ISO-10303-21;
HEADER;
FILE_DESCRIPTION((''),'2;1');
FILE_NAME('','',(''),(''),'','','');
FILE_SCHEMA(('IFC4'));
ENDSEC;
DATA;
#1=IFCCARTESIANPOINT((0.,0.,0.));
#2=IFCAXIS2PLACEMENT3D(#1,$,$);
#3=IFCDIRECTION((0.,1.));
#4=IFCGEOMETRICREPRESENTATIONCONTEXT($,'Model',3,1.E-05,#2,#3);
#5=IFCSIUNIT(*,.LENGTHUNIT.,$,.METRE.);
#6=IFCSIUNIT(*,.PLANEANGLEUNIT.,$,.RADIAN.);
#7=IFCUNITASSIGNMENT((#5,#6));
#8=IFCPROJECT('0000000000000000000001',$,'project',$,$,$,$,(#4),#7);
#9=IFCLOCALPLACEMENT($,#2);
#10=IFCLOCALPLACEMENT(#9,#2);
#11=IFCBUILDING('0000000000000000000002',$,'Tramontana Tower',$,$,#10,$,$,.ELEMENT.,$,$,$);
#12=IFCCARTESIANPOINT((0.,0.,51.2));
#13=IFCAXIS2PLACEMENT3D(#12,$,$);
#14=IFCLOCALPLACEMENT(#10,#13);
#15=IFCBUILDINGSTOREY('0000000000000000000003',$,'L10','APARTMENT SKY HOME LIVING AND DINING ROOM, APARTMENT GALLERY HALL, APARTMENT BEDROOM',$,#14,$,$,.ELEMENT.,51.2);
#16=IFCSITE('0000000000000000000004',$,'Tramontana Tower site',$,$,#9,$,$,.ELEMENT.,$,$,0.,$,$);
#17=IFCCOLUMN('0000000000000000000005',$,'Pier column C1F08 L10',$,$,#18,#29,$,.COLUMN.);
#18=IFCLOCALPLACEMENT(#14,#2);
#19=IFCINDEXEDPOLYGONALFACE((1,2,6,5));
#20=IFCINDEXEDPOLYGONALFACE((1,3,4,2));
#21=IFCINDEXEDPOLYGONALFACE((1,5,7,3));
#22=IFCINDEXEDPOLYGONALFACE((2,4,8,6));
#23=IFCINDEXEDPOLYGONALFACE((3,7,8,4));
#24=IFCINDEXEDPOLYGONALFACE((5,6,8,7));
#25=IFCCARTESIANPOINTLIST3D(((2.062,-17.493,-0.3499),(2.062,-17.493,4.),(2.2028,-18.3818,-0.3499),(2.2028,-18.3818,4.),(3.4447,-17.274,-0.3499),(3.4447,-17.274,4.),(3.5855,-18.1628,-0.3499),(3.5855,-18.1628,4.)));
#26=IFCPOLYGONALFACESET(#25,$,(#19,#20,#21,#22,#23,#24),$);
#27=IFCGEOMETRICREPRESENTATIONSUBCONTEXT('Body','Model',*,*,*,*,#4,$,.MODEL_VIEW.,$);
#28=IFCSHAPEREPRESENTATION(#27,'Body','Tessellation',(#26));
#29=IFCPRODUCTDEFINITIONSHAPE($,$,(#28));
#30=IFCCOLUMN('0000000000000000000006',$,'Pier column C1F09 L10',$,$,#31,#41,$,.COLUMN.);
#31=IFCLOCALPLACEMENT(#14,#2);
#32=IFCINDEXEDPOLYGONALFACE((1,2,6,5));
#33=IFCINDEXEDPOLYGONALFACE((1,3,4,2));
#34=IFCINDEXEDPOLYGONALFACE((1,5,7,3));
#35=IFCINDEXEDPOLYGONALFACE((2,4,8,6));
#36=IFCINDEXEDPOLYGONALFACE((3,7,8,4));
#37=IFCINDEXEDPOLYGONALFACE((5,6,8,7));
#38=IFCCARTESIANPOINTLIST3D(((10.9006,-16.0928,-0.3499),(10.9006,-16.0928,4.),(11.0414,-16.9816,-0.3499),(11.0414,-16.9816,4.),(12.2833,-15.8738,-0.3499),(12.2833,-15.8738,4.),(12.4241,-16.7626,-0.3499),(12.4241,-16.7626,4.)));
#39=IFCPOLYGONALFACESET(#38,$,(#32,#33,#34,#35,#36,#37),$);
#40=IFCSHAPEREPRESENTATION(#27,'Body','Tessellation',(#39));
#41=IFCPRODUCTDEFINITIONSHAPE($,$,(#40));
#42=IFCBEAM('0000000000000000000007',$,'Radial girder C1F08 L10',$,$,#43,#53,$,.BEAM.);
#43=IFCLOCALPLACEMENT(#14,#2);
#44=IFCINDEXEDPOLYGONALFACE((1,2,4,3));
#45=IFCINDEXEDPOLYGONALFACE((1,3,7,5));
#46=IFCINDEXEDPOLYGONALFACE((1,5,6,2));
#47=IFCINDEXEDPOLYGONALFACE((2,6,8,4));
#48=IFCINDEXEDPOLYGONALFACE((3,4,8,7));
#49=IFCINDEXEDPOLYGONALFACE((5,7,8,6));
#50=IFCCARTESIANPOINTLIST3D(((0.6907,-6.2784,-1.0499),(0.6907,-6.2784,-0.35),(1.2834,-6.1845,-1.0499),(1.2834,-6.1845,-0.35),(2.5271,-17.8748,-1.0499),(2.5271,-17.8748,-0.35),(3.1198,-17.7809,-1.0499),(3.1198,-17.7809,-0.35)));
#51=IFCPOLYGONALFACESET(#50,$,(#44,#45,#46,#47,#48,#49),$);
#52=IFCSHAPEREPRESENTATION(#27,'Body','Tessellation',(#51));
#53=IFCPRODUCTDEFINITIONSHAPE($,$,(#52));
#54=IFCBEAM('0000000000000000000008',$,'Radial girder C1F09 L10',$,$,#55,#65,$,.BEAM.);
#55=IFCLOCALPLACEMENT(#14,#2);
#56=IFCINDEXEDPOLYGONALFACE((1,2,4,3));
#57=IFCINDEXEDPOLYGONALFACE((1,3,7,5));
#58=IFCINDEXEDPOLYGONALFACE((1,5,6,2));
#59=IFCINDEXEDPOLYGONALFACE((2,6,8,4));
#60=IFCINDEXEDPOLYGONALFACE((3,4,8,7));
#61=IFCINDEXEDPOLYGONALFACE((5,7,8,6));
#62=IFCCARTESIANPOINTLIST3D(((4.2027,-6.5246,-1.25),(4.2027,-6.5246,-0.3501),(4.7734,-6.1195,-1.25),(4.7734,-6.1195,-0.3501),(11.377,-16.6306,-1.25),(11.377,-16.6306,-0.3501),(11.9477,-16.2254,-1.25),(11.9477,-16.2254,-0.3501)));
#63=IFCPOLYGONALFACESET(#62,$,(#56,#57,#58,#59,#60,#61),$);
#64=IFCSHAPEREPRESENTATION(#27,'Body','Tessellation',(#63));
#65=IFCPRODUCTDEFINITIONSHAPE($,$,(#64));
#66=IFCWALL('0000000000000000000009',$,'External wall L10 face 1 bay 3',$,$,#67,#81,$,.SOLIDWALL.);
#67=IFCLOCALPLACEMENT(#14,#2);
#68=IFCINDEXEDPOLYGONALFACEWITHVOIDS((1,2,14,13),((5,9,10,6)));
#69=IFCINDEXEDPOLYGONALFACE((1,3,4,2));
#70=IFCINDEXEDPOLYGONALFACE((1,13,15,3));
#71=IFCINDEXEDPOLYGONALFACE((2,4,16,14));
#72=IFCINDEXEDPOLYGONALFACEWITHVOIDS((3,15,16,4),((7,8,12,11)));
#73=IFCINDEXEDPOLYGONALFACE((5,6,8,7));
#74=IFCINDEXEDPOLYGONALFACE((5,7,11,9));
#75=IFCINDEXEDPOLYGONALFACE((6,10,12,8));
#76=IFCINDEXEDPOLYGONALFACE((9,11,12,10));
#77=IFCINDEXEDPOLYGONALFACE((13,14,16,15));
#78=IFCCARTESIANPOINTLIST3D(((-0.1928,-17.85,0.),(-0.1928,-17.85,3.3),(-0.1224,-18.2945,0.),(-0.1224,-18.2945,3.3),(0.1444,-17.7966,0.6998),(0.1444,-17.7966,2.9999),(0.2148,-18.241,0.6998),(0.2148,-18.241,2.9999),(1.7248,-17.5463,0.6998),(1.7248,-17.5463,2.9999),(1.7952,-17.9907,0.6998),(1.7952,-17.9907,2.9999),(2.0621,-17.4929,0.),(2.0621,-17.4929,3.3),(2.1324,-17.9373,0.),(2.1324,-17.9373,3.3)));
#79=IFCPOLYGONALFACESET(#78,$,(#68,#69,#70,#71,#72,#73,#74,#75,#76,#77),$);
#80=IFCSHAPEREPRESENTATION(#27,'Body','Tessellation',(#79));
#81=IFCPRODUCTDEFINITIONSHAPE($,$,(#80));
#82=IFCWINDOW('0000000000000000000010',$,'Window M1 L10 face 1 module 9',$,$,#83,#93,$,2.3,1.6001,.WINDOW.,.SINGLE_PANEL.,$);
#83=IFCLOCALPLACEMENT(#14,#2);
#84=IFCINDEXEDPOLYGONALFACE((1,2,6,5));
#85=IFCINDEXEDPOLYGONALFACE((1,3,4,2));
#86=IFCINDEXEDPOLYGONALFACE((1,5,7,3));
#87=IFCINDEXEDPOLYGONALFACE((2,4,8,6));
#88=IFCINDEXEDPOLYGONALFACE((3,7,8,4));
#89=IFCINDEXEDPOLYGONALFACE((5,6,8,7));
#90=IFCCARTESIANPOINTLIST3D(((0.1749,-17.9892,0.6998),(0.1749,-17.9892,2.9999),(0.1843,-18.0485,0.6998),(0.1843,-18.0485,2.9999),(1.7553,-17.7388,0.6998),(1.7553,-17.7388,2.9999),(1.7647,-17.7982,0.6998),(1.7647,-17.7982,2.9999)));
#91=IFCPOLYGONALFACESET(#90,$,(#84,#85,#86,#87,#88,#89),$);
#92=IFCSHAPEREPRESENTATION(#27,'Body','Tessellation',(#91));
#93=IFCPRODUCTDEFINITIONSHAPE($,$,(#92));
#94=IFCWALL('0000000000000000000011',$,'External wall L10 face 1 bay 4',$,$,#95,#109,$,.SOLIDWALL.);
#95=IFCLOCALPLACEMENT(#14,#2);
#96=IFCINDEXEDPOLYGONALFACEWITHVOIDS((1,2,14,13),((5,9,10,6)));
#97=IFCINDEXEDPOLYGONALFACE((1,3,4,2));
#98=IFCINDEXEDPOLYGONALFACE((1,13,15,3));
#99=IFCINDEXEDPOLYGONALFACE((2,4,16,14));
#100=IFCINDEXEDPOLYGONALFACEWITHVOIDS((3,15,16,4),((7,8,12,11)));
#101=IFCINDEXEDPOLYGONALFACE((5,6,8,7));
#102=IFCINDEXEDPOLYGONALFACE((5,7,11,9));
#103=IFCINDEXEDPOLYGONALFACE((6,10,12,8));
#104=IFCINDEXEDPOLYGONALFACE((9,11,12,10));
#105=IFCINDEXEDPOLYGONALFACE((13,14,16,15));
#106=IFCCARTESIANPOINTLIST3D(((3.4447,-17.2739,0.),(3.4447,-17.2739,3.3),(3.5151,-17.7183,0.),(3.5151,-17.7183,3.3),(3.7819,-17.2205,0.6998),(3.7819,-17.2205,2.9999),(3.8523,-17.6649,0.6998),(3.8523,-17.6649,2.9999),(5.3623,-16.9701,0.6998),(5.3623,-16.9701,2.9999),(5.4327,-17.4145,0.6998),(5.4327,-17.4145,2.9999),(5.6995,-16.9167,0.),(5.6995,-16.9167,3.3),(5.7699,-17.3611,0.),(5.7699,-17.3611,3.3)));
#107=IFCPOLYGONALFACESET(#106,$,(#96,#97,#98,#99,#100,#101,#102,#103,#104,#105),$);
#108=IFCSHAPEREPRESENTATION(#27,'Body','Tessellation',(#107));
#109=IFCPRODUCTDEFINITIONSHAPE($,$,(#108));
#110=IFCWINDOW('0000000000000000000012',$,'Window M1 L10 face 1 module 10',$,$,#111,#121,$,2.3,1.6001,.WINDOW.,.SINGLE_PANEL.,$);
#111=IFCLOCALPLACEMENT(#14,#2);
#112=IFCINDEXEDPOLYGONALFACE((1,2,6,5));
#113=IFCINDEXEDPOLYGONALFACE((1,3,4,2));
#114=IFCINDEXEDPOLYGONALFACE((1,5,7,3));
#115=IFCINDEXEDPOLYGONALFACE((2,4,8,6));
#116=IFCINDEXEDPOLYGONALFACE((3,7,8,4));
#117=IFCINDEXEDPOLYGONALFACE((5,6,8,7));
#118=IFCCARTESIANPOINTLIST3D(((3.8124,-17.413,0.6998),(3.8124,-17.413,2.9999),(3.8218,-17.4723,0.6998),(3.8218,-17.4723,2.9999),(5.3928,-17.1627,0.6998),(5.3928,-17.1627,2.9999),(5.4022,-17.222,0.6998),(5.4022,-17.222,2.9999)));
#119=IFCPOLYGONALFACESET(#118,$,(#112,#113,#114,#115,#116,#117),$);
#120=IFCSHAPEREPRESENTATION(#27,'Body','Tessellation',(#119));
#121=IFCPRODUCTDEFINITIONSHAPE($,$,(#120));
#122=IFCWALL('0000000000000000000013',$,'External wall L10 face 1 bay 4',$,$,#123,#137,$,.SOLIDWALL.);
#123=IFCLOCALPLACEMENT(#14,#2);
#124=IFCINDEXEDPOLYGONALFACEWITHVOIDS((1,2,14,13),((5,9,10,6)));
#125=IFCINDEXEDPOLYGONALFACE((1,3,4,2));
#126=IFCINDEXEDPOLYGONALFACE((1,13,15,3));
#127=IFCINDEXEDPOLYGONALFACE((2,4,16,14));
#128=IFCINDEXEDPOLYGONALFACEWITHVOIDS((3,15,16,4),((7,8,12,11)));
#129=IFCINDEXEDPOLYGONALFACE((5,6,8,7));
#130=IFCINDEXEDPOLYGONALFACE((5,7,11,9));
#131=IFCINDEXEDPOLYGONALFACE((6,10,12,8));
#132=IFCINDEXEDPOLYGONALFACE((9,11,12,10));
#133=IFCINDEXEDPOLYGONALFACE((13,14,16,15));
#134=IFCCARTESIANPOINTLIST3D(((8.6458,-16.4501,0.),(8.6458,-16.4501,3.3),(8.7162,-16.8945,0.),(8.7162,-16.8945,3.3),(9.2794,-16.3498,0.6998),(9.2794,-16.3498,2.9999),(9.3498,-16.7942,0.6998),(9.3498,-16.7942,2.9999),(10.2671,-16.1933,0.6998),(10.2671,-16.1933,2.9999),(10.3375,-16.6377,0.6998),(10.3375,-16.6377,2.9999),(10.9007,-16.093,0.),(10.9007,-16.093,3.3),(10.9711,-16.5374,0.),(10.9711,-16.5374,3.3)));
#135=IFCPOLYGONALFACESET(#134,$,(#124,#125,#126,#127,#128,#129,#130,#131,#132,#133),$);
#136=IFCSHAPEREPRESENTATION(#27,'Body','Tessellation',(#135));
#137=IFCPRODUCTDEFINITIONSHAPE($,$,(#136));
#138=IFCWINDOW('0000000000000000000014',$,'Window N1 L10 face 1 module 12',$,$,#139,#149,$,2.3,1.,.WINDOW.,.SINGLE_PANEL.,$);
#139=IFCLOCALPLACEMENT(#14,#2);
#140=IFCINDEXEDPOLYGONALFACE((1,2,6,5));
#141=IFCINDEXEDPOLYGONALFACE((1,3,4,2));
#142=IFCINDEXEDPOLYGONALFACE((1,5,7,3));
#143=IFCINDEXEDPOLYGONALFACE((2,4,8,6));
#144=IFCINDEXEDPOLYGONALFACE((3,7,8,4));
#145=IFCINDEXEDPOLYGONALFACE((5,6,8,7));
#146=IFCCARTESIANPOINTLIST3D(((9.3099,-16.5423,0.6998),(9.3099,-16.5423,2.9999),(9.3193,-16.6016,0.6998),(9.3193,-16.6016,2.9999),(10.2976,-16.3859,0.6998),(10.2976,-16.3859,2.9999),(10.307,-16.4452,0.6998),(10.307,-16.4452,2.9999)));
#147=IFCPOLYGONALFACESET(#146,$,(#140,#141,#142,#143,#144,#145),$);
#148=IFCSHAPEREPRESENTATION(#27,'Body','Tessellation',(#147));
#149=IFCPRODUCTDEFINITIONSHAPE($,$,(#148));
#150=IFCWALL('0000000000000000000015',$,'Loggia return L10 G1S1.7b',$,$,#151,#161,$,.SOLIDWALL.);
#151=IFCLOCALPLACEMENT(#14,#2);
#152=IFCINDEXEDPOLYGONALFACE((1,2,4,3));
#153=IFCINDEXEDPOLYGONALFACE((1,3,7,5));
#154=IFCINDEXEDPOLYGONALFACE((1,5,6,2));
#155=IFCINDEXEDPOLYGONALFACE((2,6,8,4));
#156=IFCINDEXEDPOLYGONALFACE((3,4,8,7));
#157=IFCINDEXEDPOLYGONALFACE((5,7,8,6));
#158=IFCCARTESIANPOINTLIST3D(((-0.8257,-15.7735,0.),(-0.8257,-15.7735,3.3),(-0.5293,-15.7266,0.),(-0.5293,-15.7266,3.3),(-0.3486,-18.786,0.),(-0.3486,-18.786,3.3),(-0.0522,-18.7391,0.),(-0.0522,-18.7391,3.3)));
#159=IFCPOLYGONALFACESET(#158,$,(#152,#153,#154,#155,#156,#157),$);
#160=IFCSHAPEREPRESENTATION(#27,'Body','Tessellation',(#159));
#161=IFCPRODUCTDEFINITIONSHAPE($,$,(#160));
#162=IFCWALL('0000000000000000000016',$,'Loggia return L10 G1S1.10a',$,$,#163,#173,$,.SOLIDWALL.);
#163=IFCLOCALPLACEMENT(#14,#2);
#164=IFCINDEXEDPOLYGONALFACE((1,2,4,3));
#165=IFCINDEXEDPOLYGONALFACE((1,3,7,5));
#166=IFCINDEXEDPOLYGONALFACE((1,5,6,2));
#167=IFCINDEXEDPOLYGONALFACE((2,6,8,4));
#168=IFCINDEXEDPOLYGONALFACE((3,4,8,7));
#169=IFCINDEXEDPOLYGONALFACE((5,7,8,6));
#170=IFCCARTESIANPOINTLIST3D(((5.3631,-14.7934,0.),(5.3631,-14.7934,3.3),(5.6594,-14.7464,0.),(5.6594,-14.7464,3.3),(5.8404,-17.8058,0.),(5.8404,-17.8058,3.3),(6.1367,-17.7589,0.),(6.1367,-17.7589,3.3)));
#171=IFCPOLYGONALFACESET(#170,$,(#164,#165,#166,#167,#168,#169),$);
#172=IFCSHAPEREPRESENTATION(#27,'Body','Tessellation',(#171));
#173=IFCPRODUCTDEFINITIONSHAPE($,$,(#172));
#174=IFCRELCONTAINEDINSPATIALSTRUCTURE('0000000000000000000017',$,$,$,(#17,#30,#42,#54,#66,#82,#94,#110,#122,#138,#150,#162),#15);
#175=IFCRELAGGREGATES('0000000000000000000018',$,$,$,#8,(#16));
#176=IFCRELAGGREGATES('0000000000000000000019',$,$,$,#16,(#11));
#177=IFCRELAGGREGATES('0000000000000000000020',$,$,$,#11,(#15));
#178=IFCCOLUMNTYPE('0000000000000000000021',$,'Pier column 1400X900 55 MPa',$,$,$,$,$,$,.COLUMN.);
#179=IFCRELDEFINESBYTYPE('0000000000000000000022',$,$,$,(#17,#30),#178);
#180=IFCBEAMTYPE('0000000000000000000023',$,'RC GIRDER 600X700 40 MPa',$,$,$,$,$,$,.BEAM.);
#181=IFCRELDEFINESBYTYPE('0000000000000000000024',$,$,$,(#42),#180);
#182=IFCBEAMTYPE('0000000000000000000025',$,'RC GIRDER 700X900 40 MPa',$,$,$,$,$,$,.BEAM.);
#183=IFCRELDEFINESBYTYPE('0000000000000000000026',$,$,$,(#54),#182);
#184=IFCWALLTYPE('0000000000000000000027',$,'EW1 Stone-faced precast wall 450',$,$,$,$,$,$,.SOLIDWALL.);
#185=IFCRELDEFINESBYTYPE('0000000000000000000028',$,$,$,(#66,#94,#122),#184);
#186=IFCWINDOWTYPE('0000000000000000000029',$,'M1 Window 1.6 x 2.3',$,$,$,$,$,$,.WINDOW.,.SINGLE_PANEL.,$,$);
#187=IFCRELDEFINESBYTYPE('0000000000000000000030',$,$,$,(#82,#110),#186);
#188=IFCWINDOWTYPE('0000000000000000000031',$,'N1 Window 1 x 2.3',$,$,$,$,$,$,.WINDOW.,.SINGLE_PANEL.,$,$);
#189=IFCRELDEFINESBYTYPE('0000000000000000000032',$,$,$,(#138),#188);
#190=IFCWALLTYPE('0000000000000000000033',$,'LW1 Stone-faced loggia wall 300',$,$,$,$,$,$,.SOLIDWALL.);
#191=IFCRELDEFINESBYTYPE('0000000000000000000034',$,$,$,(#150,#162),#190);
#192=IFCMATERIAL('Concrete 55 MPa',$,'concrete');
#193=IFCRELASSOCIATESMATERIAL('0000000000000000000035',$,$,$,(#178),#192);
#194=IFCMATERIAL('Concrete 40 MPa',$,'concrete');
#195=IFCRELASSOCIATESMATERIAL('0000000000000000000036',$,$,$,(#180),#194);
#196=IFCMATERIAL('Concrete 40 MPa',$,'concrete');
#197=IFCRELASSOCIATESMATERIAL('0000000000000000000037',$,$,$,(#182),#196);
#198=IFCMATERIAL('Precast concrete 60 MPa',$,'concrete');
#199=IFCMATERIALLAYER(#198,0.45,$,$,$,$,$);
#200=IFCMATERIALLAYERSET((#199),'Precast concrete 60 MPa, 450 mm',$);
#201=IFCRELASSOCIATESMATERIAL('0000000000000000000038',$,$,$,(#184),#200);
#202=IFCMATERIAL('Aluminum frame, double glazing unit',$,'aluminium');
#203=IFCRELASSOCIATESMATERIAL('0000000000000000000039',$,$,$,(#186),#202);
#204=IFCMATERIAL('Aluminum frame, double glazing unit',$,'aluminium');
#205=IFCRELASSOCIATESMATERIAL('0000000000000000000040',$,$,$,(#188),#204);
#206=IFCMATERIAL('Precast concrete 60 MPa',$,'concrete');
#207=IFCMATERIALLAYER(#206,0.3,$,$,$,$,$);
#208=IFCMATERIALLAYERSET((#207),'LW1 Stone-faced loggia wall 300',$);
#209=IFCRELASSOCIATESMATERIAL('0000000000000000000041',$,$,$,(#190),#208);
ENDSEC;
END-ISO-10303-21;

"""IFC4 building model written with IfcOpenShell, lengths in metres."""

from ifc_helpers import new_model, si_unit, direction, frame, frame_2d, origin, origin_2d, place, context, subcontext, project, spatial, rectangle, extrude, material, layer, layer_set, material_profile, profile_set, type_object, element, fill, save


model = new_model("IFC4")

# Units and contexts
model_context = context("Model", 3, precision=1e-05, world=origin(), true_north=direction((0.0, 1.0)))
body_context = subcontext(model_context, "Body", "Model", "MODEL_VIEW")
ifc_project = project(units=[si_unit("LENGTHUNIT", "METRE"), si_unit("PLANEANGLEUNIT", "RADIAN")], contexts=[model_context])

# Site, building, storey
site_placement = place(None, origin())
site = spatial("IfcSite", under=ifc_project, at=site_placement, Name="Tramontana Tower site", CompositionType="ELEMENT", RefElevation=0.0)
building_placement = place(site_placement, origin())
building = spatial("IfcBuilding", under=site, at=building_placement, Name="Tramontana Tower", CompositionType="ELEMENT")
storey_placement = place(building_placement, frame((0.0, 0.0, 51.2)))
storey = spatial("IfcBuildingStorey", under=building, at=storey_placement, Name="L10", Description="APARTMENT SKY HOME LIVING AND DINING ROOM, APARTMENT GALLERY HALL, APARTMENT BEDROOM", CompositionType="ELEMENT", Elevation=51.2)

# Columns
ifc_material_1 = material(Name="Concrete 55 MPa", Category="concrete")
ifc_material_profile_1 = material_profile(ifc_material_1, rectangle(XDim=1.3999, YDim=0.8999, at=origin_2d()), Name="Pier column 1400X900 55 MPa")
ifc_profile_set_1 = profile_set([ifc_material_profile_1], Name="Concrete 55 MPa")
column_type = type_object("IfcColumnType", Name="Pier column 1400X900 55 MPa", PredefinedType="COLUMN", material=ifc_profile_set_1)
for number, where, z_axis, x_axis, name in (
    (1, (2.8237, -17.8279, -0.3499), (0.0, 0.0, 1.0), (0.987688, 0.156434, 0.0), "Pier column C1F08 L10"),
    (2, (11.6624, -16.4277, -0.3499), (0.0, 0.0, 1.0), (0.987688, 0.156434, 0.0), "Pier column C1F09 L10"),
):
    element("IfcColumn", number, at=place(storey_placement, frame(where, z_axis=z_axis, x_axis=x_axis)), inside=storey, type_object=column_type, Name=name, PredefinedType="COLUMN", context=body_context, shape_type="SweptSolid", body=[
        extrude(rectangle(XDim=1.3999, YDim=0.8999, at=origin_2d()), origin(), (0.0, 0.0, 1.0), 4.3499),
    ])

# Beams
ifc_material_2 = material(Name="Concrete 40 MPa", Category="concrete")
ifc_material_profile_2 = material_profile(ifc_material_2, rectangle(XDim=0.6001, YDim=0.7, at=origin_2d()), Name="RC GIRDER 600X700 40 MPa")
ifc_profile_set_2 = profile_set([ifc_material_profile_2], Name="Concrete 40 MPa")
beam_type_1 = type_object("IfcBeamType", Name="RC GIRDER 600X700 40 MPa", PredefinedType="BEAM", material=ifc_profile_set_2)
beam_1_placement = place(storey_placement, frame((2.8235, -17.8279, -0.7), z_axis=(-0.156412, 0.987692, 0.0), x_axis=(-0.987692, -0.156412, 0.0)))
element("IfcBeam", 3, at=beam_1_placement, inside=storey, type_object=beam_type_1, Name="Radial girder C1F08 L10", PredefinedType="BEAM", context=body_context, shape_type="SweptSolid", body=[
    extrude(rectangle(XDim=0.6001, YDim=0.7, at=origin_2d()), origin(), (0.0, 0.0, 1.0), 11.741),
])
ifc_material_3 = material(Name="Concrete 40 MPa", Category="concrete")
ifc_material_profile_3 = material_profile(ifc_material_3, rectangle(XDim=0.7, YDim=0.8999, at=origin_2d()), Name="RC GIRDER 700X900 40 MPa")
ifc_profile_set_3 = profile_set([ifc_material_profile_3], Name="Concrete 40 MPa")
beam_type_2 = type_object("IfcBeamType", Name="RC GIRDER 700X900 40 MPa", PredefinedType="BEAM", material=ifc_profile_set_3)
beam_2_placement = place(storey_placement, frame((11.6624, -16.428, -0.8), z_axis=(-0.578873, 0.815418, 0.0), x_axis=(-0.815418, -0.578873, 0.0)))
element("IfcBeam", 4, at=beam_2_placement, inside=storey, type_object=beam_type_2, Name="Radial girder C1F09 L10", PredefinedType="BEAM", context=body_context, shape_type="SweptSolid", body=[
    extrude(rectangle(XDim=0.7, YDim=0.8999, at=origin_2d()), origin(), (0.0, 0.0, 1.0), 12.3936),
])

# Walls, openings, windows
ifc_material_4 = material(Name="Precast concrete 60 MPa", Category="concrete")
ifc_layer_1 = layer(ifc_material_4, 0.45)
ifc_layer_set_1 = layer_set([ifc_layer_1], Name="Precast concrete 60 MPa, 450 mm")
wall_type_1 = type_object("IfcWallType", Name="EW1 Stone-faced precast wall 450", PredefinedType="SOLIDWALL", material=ifc_layer_set_1)
wall_1_placement = place(storey_placement, frame((-0.1577, -18.0723, 0.0), z_axis=(0.0, 0.0, 1.0), x_axis=(0.987686, 0.156451, 0.0)))
wall_1 = element("IfcWall", 5, at=wall_1_placement, inside=storey, type_object=wall_type_1, Name="External wall L10 face 1 bay 3", PredefinedType="SOLIDWALL", context=body_context, shape_type="SweptSolid", body=[
    extrude(rectangle(XDim=2.283, YDim=0.45, at=frame_2d((1.1416, 0.0))), origin(), (0.0, 0.0, 1.0), 3.3),
])
opening_1_placement = place(wall_1_placement, frame((0.3416, 0.0, 0.7)))
opening_1 = element("IfcOpeningElement", 6, at=opening_1_placement, cuts=wall_1, PredefinedType="OPENING", context=body_context, shape_type="SweptSolid", body=[
    extrude(rectangle(XDim=1.6001, YDim=2.3, at=frame_2d((0.8, 1.1499))), frame((0.0, 0.2349, 0.0), z_axis=(0.0, -1.0, 0.0), x_axis=(1.0, 0.0, 0.0)), (0.0, 0.0, 1.0), 0.47),
])
ifc_material_5 = material(Name="Aluminum frame, double glazing unit", Category="aluminium")
window_type_1 = type_object("IfcWindowType", Name="M1 Window 1.6 x 2.3", PartitioningType="SINGLE_PANEL", PredefinedType="WINDOW", material=ifc_material_5)
window_1_placement = place(opening_1_placement, origin())
window_1 = element("IfcWindow", 7, at=window_1_placement, inside=storey, type_object=window_type_1, Name="Window M1 L10 face 1 module 9", OverallHeight=2.3, OverallWidth=1.6001, PartitioningType="SINGLE_PANEL", PredefinedType="WINDOW", context=body_context, shape_type="SweptSolid", body=[
    extrude(rectangle(XDim=1.6001, YDim=2.3, at=frame_2d((0.8, 1.1499))), frame((0.0, 0.03, 0.0), z_axis=(0.0, -1.0, 0.0), x_axis=(1.0, 0.0, 0.0)), (0.0, 0.0, 1.0), 0.0601),
])
fill(opening_1, window_1)
wall_2_placement = place(storey_placement, frame((3.4797, -17.4961, 0.0), z_axis=(0.0, 0.0, 1.0), x_axis=(0.987686, 0.156451, 0.0)))
wall_2 = element("IfcWall", 8, at=wall_2_placement, inside=storey, type_object=wall_type_1, Name="External wall L10 face 1 bay 4", PredefinedType="SOLIDWALL", context=body_context, shape_type="SweptSolid", body=[
    extrude(rectangle(XDim=2.283, YDim=0.45, at=frame_2d((1.1416, 0.0))), origin(), (0.0, 0.0, 1.0), 3.3),
])
opening_2_placement = place(wall_2_placement, frame((0.3416, 0.0, 0.7)))
opening_2 = element("IfcOpeningElement", 9, at=opening_2_placement, cuts=wall_2, PredefinedType="OPENING", context=body_context, shape_type="SweptSolid", body=[
    extrude(rectangle(XDim=1.6001, YDim=2.3, at=frame_2d((0.8, 1.1499))), frame((0.0, 0.2349, 0.0), z_axis=(0.0, -1.0, 0.0), x_axis=(1.0, 0.0, 0.0)), (0.0, 0.0, 1.0), 0.47),
])
window_2_placement = place(opening_2_placement, origin())
window_2 = element("IfcWindow", 10, at=window_2_placement, inside=storey, type_object=window_type_1, Name="Window M1 L10 face 1 module 10", OverallHeight=2.3, OverallWidth=1.6001, PartitioningType="SINGLE_PANEL", PredefinedType="WINDOW", context=body_context, shape_type="SweptSolid", body=[
    extrude(rectangle(XDim=1.6001, YDim=2.3, at=frame_2d((0.8, 1.1499))), frame((0.0, 0.03, 0.0), z_axis=(0.0, -1.0, 0.0), x_axis=(1.0, 0.0, 0.0)), (0.0, 0.0, 1.0), 0.0601),
])
fill(opening_2, window_2)
wall_3_placement = place(storey_placement, frame((8.6809, -16.6724, 0.0), z_axis=(0.0, 0.0, 1.0), x_axis=(0.987686, 0.156451, 0.0)))
wall_3 = element("IfcWall", 11, at=wall_3_placement, inside=storey, type_object=wall_type_1, Name="External wall L10 face 1 bay 4", PredefinedType="SOLIDWALL", context=body_context, shape_type="SweptSolid", body=[
    extrude(rectangle(XDim=2.283, YDim=0.45, at=frame_2d((1.1416, 0.0))), origin(), (0.0, 0.0, 1.0), 3.3),
])
opening_3_placement = place(wall_3_placement, frame((0.6416, 0.0, 0.7)))
opening_3 = element("IfcOpeningElement", 12, at=opening_3_placement, cuts=wall_3, PredefinedType="OPENING", context=body_context, shape_type="SweptSolid", body=[
    extrude(rectangle(XDim=1.0, YDim=2.3, at=frame_2d((0.5, 1.1499))), frame((0.0, 0.2349, 0.0), z_axis=(0.0, -1.0, 0.0), x_axis=(1.0, 0.0, 0.0)), (0.0, 0.0, 1.0), 0.47),
])
ifc_material_6 = material(Name="Aluminum frame, double glazing unit", Category="aluminium")
window_type_2 = type_object("IfcWindowType", Name="N1 Window 1 x 2.3", PartitioningType="SINGLE_PANEL", PredefinedType="WINDOW", material=ifc_material_6)
window_3_placement = place(opening_3_placement, origin())
window_3 = element("IfcWindow", 13, at=window_3_placement, inside=storey, type_object=window_type_2, Name="Window N1 L10 face 1 module 12", OverallHeight=2.3, OverallWidth=1.0, PartitioningType="SINGLE_PANEL", PredefinedType="WINDOW", context=body_context, shape_type="SweptSolid", body=[
    extrude(rectangle(XDim=1.0, YDim=2.3, at=frame_2d((0.5, 1.1499))), frame((0.0, 0.03, 0.0), z_axis=(0.0, -1.0, 0.0), x_axis=(1.0, 0.0, 0.0)), (0.0, 0.0, 1.0), 0.0601),
])
fill(opening_3, window_3)

# Wall
ifc_material_7 = material(Name="Precast concrete 60 MPa", Category="concrete")
ifc_layer_2 = layer(ifc_material_7, 0.3)
ifc_layer_set_2 = layer_set([ifc_layer_2], Name="LW1 Stone-faced loggia wall 300")
wall_type_2 = type_object("IfcWallType", Name="LW1 Stone-faced loggia wall 300", PredefinedType="SOLIDWALL", material=ifc_layer_set_2)
wall_4_placement = place(storey_placement, frame((-0.2004, -18.7625, 0.0), z_axis=(0.0, 0.0, 1.0), x_axis=(-0.156411, 0.987692, 0.0)))
element("IfcWall", 14, at=wall_4_placement, inside=storey, type_object=wall_type_2, Name="Loggia return L10 G1S1.7b", PredefinedType="SOLIDWALL", context=body_context, shape_type="SweptSolid", body=[
    extrude(rectangle(XDim=3.05, YDim=0.3, at=frame_2d((1.5249, 0.0))), origin(), (0.0, 0.0, 1.0), 3.3),
])

# Wall
for number, where, z_axis, x_axis, name in (
    (15, (5.9885, -17.7822, 0.0), (0.0, 0.0, 1.0), (-0.156489, 0.98768, 0.0), "Loggia return L10 G1S1.10a"),
):
    element("IfcWall", number, at=place(storey_placement, frame(where, z_axis=z_axis, x_axis=x_axis)), inside=storey, type_object=wall_type_2, Name=name, PredefinedType="SOLIDWALL", context=body_context, shape_type="SweptSolid", body=[
        extrude(rectangle(XDim=3.05, YDim=0.3, at=frame_2d((1.5249, 0.0))), origin(), (0.0, 0.0, 1.0), 3.3),
    ])

save(model, "model.ifc")
